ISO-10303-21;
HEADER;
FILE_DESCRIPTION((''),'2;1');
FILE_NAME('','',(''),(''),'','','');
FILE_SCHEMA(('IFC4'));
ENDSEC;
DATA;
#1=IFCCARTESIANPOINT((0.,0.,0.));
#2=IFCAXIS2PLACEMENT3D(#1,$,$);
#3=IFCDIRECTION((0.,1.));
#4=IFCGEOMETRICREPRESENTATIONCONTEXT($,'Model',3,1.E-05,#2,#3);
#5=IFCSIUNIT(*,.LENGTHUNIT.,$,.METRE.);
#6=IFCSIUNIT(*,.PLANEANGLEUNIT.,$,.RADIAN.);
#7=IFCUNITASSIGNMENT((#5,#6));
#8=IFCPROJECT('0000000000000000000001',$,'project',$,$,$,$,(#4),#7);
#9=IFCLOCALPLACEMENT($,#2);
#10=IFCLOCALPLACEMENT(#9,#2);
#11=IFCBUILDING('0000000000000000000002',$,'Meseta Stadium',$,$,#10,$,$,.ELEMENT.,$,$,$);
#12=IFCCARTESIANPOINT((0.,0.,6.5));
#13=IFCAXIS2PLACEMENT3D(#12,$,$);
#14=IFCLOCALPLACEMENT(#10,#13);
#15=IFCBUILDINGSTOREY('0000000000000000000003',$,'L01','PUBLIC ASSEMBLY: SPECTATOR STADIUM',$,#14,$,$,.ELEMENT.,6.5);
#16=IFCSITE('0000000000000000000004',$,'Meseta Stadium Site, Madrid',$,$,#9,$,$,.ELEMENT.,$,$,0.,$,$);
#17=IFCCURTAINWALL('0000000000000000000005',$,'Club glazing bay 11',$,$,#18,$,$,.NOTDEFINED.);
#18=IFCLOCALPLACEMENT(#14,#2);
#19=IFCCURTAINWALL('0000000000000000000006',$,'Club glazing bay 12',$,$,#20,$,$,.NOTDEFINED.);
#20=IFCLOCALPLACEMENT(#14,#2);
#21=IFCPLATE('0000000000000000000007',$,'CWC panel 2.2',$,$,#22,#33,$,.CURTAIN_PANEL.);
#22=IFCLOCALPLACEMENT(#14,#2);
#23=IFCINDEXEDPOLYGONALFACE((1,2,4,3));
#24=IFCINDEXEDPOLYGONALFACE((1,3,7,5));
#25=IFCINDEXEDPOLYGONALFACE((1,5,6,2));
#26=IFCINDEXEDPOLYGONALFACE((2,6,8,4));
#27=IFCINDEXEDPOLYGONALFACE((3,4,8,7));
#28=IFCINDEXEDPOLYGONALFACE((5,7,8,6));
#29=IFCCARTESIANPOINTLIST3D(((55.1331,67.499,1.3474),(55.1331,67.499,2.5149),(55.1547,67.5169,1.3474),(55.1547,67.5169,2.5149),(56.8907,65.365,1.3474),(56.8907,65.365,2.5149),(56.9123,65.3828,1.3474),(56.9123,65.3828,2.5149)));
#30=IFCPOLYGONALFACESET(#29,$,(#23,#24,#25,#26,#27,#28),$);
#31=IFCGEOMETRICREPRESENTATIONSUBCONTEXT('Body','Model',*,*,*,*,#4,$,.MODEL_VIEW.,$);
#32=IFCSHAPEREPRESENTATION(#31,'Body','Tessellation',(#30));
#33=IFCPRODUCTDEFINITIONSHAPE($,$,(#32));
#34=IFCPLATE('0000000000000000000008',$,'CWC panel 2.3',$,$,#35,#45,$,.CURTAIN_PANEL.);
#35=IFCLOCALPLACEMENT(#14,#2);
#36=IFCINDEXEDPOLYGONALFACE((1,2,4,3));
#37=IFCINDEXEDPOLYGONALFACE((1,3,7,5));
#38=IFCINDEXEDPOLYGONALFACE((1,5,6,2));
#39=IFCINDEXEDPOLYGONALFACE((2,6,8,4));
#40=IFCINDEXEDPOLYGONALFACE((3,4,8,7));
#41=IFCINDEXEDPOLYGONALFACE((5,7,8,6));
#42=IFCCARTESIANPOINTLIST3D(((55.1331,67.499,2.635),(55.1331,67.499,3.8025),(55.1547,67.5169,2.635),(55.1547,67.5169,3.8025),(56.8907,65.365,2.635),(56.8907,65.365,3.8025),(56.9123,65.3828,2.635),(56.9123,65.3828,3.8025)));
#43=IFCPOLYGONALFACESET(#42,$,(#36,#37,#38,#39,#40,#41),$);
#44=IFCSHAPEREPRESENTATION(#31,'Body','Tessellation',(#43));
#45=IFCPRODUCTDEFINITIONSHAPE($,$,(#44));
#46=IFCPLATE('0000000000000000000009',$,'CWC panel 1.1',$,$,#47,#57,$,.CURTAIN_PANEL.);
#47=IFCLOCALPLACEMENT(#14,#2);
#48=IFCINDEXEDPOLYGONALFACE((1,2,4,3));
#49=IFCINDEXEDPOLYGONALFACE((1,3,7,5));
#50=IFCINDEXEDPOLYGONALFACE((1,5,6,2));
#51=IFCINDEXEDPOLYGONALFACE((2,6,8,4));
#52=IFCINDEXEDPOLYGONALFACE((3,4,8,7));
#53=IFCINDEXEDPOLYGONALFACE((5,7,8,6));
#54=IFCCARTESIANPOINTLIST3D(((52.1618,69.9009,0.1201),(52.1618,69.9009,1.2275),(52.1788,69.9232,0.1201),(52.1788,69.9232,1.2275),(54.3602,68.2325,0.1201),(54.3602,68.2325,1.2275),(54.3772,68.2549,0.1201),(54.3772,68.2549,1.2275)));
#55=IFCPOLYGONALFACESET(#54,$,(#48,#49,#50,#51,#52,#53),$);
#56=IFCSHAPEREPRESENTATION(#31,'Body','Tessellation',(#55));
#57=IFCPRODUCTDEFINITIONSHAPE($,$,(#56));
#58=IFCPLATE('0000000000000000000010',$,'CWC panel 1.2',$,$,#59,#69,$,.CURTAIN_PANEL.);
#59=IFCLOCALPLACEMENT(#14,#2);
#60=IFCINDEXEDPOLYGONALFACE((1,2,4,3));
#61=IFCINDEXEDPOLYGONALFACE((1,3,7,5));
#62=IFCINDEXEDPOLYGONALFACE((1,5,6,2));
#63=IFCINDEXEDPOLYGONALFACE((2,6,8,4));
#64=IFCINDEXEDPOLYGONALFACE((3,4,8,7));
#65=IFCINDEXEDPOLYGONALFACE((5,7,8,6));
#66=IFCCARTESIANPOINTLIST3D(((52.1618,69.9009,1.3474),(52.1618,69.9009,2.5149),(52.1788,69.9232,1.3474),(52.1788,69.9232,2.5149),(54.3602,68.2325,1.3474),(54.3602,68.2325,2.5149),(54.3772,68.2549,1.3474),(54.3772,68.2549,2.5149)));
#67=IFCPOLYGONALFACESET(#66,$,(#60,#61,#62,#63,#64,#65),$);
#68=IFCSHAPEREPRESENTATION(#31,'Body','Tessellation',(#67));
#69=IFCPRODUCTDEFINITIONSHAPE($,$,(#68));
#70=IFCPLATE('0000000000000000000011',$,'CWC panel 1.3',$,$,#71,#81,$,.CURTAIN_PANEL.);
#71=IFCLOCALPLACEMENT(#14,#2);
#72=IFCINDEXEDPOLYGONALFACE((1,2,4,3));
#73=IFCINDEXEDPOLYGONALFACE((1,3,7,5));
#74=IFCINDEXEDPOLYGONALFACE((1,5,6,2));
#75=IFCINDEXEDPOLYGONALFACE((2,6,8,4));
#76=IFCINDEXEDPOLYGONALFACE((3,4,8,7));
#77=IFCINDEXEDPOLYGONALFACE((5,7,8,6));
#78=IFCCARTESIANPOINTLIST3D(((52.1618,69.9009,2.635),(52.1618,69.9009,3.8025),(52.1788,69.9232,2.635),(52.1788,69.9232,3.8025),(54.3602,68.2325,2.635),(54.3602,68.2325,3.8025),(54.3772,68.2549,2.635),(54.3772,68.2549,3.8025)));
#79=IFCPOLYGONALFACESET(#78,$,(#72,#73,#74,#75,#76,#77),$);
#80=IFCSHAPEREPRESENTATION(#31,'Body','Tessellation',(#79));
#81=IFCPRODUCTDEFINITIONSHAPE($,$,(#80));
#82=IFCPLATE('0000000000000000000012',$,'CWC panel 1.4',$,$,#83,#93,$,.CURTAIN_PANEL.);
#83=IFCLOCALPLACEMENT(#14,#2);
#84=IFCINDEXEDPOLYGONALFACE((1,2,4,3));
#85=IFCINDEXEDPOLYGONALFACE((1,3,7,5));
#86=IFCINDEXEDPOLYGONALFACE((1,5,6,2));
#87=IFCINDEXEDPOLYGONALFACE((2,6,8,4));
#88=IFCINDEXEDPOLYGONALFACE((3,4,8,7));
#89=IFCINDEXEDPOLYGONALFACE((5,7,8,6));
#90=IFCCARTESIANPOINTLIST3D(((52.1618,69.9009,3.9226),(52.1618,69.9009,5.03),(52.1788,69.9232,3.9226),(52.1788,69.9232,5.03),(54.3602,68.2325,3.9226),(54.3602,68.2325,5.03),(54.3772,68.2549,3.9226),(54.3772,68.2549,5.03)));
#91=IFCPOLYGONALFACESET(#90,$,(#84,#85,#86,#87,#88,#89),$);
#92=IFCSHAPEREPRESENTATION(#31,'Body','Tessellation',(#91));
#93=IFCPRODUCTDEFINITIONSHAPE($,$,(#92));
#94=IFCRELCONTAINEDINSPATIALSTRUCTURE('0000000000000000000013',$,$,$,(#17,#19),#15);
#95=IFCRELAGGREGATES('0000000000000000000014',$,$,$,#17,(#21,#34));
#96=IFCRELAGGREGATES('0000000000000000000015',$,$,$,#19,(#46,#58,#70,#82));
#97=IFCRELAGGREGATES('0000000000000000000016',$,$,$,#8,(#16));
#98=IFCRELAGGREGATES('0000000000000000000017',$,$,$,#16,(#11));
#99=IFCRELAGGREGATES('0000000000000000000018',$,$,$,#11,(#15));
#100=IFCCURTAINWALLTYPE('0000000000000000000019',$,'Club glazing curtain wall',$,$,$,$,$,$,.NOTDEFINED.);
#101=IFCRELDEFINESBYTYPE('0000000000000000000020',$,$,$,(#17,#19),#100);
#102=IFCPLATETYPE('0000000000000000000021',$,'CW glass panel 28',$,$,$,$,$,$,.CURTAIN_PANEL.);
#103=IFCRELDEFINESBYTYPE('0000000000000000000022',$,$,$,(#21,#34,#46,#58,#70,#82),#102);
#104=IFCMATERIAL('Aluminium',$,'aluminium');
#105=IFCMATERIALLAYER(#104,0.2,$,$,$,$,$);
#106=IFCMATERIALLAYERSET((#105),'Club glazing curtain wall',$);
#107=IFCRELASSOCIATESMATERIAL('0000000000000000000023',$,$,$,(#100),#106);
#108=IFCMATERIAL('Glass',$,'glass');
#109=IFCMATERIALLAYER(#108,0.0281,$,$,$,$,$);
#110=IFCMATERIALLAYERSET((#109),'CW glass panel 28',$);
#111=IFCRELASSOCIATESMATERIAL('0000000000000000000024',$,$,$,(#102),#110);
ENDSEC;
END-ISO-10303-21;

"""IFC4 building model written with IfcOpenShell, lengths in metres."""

from ifc_helpers import new_model, si_unit, direction, frame, origin, origin_2d, place, context, subcontext, project, spatial, rectangle, extrude, material, layer, layer_set, type_object, element, aggregate, save


model = new_model("IFC4")

# Units and contexts
model_context = context("Model", 3, precision=1e-05, world=origin(), true_north=direction((0.0, 1.0)))
body_context = subcontext(model_context, "Body", "Model", "MODEL_VIEW")
ifc_project = project(units=[si_unit("LENGTHUNIT", "METRE"), si_unit("PLANEANGLEUNIT", "RADIAN")], contexts=[model_context])

# Site, building, storey
site_placement = place(None, origin())
site = spatial("IfcSite", under=ifc_project, at=site_placement, Name="Meseta Stadium Site, Madrid", CompositionType="ELEMENT", RefElevation=0.0)
building_placement = place(site_placement, origin())
building = spatial("IfcBuilding", under=site, at=building_placement, Name="Meseta Stadium", CompositionType="ELEMENT")
storey_placement = place(building_placement, frame((0.0, 0.0, 6.5)))
storey = spatial("IfcBuildingStorey", under=building, at=storey_placement, Name="L01", Description="PUBLIC ASSEMBLY: SPECTATOR STADIUM", CompositionType="ELEMENT", Elevation=6.5)

# Curtain wall
ifc_material_1 = material(Name="Aluminium", Category="aluminium")
ifc_layer_1 = layer(ifc_material_1, 0.2)
ifc_layer_set_1 = layer_set([ifc_layer_1], Name="Club glazing curtain wall")
curtain_wall_type = type_object("IfcCurtainWallType", Name="Club glazing curtain wall", PredefinedType="NOTDEFINED", material=ifc_layer_set_1)
curtain_wall_1_placement = place(storey_placement, origin())
curtain_wall_1 = element("IfcCurtainWall", 1, at=curtain_wall_1_placement, inside=storey, type_object=curtain_wall_type, Name="Club glazing bay 11", PredefinedType="NOTDEFINED")

# Curtain wall
curtain_wall_2_placement = place(storey_placement, origin())
curtain_wall_2 = element("IfcCurtainWall", 2, at=curtain_wall_2_placement, inside=storey, type_object=curtain_wall_type, Name="Club glazing bay 12", PredefinedType="NOTDEFINED")

# Plates
ifc_material_2 = material(Name="Glass", Category="glass")
ifc_layer_2 = layer(ifc_material_2, 0.0281)
ifc_layer_set_2 = layer_set([ifc_layer_2], Name="CW glass panel 28")
plate_type = type_object("IfcPlateType", Name="CW glass panel 28", PredefinedType="CURTAIN_PANEL", material=ifc_layer_set_2)
plate_1_placement = place(storey_placement, frame((56.0227, 66.4409, 1.3474), z_axis=(0.0, 0.0, 1.0), x_axis=(-0.635741, 0.771902, 0.0)))
plate_1 = element("IfcPlate", 3, at=plate_1_placement, type_object=plate_type, Name="CWC panel 2.2", PredefinedType="CURTAIN_PANEL", context=body_context, shape_type="SweptSolid", body=[
    extrude(rectangle(XDim=2.7646, YDim=0.0281, at=origin_2d()), origin(), (0.0, 0.0, 1.0), 1.1675),
])
plate_2_placement = place(storey_placement, frame((56.0227, 66.4409, 2.635), z_axis=(0.0, 0.0, 1.0), x_axis=(-0.635741, 0.771902, 0.0)))
plate_2 = element("IfcPlate", 4, at=plate_2_placement, type_object=plate_type, Name="CWC panel 2.3", PredefinedType="CURTAIN_PANEL", context=body_context, shape_type="SweptSolid", body=[
    extrude(rectangle(XDim=2.7646, YDim=0.0281, at=origin_2d()), origin(), (0.0, 0.0, 1.0), 1.1675),
])
aggregate(curtain_wall_1, [plate_1, plate_2])
plate_3_placement = place(storey_placement, frame((53.2695, 69.0779, 0.1201), z_axis=(0.0, 0.0, 1.0), x_axis=(-0.79659, 0.60452, 0.0)))
plate_3 = element("IfcPlate", 5, at=plate_3_placement, type_object=plate_type, Name="CWC panel 1.1", PredefinedType="CURTAIN_PANEL", context=body_context, shape_type="SweptSolid", body=[
    extrude(rectangle(XDim=2.7598, YDim=0.0281, at=origin_2d()), origin(), (0.0, 0.0, 1.0), 1.1074),
])
plate_4_placement = place(storey_placement, frame((53.2695, 69.0779, 1.3474), z_axis=(0.0, 0.0, 1.0), x_axis=(-0.79659, 0.60452, 0.0)))
plate_4 = element("IfcPlate", 6, at=plate_4_placement, type_object=plate_type, Name="CWC panel 1.2", PredefinedType="CURTAIN_PANEL", context=body_context, shape_type="SweptSolid", body=[
    extrude(rectangle(XDim=2.7598, YDim=0.0281, at=origin_2d()), origin(), (0.0, 0.0, 1.0), 1.1675),
])
plate_5_placement = place(storey_placement, frame((53.2695, 69.0779, 2.635), z_axis=(0.0, 0.0, 1.0), x_axis=(-0.79659, 0.60452, 0.0)))
plate_5 = element("IfcPlate", 7, at=plate_5_placement, type_object=plate_type, Name="CWC panel 1.3", PredefinedType="CURTAIN_PANEL", context=body_context, shape_type="SweptSolid", body=[
    extrude(rectangle(XDim=2.7598, YDim=0.0281, at=origin_2d()), origin(), (0.0, 0.0, 1.0), 1.1675),
])
plate_6_placement = place(storey_placement, frame((53.2695, 69.0779, 3.9226), z_axis=(0.0, 0.0, 1.0), x_axis=(-0.79659, 0.60452, 0.0)))
plate_6 = element("IfcPlate", 8, at=plate_6_placement, type_object=plate_type, Name="CWC panel 1.4", PredefinedType="CURTAIN_PANEL", context=body_context, shape_type="SweptSolid", body=[
    extrude(rectangle(XDim=2.7598, YDim=0.0281, at=origin_2d()), origin(), (0.0, 0.0, 1.0), 1.1074),
])
aggregate(curtain_wall_2, [plate_3, plate_4, plate_5, plate_6])

save(model, "model.ifc")
